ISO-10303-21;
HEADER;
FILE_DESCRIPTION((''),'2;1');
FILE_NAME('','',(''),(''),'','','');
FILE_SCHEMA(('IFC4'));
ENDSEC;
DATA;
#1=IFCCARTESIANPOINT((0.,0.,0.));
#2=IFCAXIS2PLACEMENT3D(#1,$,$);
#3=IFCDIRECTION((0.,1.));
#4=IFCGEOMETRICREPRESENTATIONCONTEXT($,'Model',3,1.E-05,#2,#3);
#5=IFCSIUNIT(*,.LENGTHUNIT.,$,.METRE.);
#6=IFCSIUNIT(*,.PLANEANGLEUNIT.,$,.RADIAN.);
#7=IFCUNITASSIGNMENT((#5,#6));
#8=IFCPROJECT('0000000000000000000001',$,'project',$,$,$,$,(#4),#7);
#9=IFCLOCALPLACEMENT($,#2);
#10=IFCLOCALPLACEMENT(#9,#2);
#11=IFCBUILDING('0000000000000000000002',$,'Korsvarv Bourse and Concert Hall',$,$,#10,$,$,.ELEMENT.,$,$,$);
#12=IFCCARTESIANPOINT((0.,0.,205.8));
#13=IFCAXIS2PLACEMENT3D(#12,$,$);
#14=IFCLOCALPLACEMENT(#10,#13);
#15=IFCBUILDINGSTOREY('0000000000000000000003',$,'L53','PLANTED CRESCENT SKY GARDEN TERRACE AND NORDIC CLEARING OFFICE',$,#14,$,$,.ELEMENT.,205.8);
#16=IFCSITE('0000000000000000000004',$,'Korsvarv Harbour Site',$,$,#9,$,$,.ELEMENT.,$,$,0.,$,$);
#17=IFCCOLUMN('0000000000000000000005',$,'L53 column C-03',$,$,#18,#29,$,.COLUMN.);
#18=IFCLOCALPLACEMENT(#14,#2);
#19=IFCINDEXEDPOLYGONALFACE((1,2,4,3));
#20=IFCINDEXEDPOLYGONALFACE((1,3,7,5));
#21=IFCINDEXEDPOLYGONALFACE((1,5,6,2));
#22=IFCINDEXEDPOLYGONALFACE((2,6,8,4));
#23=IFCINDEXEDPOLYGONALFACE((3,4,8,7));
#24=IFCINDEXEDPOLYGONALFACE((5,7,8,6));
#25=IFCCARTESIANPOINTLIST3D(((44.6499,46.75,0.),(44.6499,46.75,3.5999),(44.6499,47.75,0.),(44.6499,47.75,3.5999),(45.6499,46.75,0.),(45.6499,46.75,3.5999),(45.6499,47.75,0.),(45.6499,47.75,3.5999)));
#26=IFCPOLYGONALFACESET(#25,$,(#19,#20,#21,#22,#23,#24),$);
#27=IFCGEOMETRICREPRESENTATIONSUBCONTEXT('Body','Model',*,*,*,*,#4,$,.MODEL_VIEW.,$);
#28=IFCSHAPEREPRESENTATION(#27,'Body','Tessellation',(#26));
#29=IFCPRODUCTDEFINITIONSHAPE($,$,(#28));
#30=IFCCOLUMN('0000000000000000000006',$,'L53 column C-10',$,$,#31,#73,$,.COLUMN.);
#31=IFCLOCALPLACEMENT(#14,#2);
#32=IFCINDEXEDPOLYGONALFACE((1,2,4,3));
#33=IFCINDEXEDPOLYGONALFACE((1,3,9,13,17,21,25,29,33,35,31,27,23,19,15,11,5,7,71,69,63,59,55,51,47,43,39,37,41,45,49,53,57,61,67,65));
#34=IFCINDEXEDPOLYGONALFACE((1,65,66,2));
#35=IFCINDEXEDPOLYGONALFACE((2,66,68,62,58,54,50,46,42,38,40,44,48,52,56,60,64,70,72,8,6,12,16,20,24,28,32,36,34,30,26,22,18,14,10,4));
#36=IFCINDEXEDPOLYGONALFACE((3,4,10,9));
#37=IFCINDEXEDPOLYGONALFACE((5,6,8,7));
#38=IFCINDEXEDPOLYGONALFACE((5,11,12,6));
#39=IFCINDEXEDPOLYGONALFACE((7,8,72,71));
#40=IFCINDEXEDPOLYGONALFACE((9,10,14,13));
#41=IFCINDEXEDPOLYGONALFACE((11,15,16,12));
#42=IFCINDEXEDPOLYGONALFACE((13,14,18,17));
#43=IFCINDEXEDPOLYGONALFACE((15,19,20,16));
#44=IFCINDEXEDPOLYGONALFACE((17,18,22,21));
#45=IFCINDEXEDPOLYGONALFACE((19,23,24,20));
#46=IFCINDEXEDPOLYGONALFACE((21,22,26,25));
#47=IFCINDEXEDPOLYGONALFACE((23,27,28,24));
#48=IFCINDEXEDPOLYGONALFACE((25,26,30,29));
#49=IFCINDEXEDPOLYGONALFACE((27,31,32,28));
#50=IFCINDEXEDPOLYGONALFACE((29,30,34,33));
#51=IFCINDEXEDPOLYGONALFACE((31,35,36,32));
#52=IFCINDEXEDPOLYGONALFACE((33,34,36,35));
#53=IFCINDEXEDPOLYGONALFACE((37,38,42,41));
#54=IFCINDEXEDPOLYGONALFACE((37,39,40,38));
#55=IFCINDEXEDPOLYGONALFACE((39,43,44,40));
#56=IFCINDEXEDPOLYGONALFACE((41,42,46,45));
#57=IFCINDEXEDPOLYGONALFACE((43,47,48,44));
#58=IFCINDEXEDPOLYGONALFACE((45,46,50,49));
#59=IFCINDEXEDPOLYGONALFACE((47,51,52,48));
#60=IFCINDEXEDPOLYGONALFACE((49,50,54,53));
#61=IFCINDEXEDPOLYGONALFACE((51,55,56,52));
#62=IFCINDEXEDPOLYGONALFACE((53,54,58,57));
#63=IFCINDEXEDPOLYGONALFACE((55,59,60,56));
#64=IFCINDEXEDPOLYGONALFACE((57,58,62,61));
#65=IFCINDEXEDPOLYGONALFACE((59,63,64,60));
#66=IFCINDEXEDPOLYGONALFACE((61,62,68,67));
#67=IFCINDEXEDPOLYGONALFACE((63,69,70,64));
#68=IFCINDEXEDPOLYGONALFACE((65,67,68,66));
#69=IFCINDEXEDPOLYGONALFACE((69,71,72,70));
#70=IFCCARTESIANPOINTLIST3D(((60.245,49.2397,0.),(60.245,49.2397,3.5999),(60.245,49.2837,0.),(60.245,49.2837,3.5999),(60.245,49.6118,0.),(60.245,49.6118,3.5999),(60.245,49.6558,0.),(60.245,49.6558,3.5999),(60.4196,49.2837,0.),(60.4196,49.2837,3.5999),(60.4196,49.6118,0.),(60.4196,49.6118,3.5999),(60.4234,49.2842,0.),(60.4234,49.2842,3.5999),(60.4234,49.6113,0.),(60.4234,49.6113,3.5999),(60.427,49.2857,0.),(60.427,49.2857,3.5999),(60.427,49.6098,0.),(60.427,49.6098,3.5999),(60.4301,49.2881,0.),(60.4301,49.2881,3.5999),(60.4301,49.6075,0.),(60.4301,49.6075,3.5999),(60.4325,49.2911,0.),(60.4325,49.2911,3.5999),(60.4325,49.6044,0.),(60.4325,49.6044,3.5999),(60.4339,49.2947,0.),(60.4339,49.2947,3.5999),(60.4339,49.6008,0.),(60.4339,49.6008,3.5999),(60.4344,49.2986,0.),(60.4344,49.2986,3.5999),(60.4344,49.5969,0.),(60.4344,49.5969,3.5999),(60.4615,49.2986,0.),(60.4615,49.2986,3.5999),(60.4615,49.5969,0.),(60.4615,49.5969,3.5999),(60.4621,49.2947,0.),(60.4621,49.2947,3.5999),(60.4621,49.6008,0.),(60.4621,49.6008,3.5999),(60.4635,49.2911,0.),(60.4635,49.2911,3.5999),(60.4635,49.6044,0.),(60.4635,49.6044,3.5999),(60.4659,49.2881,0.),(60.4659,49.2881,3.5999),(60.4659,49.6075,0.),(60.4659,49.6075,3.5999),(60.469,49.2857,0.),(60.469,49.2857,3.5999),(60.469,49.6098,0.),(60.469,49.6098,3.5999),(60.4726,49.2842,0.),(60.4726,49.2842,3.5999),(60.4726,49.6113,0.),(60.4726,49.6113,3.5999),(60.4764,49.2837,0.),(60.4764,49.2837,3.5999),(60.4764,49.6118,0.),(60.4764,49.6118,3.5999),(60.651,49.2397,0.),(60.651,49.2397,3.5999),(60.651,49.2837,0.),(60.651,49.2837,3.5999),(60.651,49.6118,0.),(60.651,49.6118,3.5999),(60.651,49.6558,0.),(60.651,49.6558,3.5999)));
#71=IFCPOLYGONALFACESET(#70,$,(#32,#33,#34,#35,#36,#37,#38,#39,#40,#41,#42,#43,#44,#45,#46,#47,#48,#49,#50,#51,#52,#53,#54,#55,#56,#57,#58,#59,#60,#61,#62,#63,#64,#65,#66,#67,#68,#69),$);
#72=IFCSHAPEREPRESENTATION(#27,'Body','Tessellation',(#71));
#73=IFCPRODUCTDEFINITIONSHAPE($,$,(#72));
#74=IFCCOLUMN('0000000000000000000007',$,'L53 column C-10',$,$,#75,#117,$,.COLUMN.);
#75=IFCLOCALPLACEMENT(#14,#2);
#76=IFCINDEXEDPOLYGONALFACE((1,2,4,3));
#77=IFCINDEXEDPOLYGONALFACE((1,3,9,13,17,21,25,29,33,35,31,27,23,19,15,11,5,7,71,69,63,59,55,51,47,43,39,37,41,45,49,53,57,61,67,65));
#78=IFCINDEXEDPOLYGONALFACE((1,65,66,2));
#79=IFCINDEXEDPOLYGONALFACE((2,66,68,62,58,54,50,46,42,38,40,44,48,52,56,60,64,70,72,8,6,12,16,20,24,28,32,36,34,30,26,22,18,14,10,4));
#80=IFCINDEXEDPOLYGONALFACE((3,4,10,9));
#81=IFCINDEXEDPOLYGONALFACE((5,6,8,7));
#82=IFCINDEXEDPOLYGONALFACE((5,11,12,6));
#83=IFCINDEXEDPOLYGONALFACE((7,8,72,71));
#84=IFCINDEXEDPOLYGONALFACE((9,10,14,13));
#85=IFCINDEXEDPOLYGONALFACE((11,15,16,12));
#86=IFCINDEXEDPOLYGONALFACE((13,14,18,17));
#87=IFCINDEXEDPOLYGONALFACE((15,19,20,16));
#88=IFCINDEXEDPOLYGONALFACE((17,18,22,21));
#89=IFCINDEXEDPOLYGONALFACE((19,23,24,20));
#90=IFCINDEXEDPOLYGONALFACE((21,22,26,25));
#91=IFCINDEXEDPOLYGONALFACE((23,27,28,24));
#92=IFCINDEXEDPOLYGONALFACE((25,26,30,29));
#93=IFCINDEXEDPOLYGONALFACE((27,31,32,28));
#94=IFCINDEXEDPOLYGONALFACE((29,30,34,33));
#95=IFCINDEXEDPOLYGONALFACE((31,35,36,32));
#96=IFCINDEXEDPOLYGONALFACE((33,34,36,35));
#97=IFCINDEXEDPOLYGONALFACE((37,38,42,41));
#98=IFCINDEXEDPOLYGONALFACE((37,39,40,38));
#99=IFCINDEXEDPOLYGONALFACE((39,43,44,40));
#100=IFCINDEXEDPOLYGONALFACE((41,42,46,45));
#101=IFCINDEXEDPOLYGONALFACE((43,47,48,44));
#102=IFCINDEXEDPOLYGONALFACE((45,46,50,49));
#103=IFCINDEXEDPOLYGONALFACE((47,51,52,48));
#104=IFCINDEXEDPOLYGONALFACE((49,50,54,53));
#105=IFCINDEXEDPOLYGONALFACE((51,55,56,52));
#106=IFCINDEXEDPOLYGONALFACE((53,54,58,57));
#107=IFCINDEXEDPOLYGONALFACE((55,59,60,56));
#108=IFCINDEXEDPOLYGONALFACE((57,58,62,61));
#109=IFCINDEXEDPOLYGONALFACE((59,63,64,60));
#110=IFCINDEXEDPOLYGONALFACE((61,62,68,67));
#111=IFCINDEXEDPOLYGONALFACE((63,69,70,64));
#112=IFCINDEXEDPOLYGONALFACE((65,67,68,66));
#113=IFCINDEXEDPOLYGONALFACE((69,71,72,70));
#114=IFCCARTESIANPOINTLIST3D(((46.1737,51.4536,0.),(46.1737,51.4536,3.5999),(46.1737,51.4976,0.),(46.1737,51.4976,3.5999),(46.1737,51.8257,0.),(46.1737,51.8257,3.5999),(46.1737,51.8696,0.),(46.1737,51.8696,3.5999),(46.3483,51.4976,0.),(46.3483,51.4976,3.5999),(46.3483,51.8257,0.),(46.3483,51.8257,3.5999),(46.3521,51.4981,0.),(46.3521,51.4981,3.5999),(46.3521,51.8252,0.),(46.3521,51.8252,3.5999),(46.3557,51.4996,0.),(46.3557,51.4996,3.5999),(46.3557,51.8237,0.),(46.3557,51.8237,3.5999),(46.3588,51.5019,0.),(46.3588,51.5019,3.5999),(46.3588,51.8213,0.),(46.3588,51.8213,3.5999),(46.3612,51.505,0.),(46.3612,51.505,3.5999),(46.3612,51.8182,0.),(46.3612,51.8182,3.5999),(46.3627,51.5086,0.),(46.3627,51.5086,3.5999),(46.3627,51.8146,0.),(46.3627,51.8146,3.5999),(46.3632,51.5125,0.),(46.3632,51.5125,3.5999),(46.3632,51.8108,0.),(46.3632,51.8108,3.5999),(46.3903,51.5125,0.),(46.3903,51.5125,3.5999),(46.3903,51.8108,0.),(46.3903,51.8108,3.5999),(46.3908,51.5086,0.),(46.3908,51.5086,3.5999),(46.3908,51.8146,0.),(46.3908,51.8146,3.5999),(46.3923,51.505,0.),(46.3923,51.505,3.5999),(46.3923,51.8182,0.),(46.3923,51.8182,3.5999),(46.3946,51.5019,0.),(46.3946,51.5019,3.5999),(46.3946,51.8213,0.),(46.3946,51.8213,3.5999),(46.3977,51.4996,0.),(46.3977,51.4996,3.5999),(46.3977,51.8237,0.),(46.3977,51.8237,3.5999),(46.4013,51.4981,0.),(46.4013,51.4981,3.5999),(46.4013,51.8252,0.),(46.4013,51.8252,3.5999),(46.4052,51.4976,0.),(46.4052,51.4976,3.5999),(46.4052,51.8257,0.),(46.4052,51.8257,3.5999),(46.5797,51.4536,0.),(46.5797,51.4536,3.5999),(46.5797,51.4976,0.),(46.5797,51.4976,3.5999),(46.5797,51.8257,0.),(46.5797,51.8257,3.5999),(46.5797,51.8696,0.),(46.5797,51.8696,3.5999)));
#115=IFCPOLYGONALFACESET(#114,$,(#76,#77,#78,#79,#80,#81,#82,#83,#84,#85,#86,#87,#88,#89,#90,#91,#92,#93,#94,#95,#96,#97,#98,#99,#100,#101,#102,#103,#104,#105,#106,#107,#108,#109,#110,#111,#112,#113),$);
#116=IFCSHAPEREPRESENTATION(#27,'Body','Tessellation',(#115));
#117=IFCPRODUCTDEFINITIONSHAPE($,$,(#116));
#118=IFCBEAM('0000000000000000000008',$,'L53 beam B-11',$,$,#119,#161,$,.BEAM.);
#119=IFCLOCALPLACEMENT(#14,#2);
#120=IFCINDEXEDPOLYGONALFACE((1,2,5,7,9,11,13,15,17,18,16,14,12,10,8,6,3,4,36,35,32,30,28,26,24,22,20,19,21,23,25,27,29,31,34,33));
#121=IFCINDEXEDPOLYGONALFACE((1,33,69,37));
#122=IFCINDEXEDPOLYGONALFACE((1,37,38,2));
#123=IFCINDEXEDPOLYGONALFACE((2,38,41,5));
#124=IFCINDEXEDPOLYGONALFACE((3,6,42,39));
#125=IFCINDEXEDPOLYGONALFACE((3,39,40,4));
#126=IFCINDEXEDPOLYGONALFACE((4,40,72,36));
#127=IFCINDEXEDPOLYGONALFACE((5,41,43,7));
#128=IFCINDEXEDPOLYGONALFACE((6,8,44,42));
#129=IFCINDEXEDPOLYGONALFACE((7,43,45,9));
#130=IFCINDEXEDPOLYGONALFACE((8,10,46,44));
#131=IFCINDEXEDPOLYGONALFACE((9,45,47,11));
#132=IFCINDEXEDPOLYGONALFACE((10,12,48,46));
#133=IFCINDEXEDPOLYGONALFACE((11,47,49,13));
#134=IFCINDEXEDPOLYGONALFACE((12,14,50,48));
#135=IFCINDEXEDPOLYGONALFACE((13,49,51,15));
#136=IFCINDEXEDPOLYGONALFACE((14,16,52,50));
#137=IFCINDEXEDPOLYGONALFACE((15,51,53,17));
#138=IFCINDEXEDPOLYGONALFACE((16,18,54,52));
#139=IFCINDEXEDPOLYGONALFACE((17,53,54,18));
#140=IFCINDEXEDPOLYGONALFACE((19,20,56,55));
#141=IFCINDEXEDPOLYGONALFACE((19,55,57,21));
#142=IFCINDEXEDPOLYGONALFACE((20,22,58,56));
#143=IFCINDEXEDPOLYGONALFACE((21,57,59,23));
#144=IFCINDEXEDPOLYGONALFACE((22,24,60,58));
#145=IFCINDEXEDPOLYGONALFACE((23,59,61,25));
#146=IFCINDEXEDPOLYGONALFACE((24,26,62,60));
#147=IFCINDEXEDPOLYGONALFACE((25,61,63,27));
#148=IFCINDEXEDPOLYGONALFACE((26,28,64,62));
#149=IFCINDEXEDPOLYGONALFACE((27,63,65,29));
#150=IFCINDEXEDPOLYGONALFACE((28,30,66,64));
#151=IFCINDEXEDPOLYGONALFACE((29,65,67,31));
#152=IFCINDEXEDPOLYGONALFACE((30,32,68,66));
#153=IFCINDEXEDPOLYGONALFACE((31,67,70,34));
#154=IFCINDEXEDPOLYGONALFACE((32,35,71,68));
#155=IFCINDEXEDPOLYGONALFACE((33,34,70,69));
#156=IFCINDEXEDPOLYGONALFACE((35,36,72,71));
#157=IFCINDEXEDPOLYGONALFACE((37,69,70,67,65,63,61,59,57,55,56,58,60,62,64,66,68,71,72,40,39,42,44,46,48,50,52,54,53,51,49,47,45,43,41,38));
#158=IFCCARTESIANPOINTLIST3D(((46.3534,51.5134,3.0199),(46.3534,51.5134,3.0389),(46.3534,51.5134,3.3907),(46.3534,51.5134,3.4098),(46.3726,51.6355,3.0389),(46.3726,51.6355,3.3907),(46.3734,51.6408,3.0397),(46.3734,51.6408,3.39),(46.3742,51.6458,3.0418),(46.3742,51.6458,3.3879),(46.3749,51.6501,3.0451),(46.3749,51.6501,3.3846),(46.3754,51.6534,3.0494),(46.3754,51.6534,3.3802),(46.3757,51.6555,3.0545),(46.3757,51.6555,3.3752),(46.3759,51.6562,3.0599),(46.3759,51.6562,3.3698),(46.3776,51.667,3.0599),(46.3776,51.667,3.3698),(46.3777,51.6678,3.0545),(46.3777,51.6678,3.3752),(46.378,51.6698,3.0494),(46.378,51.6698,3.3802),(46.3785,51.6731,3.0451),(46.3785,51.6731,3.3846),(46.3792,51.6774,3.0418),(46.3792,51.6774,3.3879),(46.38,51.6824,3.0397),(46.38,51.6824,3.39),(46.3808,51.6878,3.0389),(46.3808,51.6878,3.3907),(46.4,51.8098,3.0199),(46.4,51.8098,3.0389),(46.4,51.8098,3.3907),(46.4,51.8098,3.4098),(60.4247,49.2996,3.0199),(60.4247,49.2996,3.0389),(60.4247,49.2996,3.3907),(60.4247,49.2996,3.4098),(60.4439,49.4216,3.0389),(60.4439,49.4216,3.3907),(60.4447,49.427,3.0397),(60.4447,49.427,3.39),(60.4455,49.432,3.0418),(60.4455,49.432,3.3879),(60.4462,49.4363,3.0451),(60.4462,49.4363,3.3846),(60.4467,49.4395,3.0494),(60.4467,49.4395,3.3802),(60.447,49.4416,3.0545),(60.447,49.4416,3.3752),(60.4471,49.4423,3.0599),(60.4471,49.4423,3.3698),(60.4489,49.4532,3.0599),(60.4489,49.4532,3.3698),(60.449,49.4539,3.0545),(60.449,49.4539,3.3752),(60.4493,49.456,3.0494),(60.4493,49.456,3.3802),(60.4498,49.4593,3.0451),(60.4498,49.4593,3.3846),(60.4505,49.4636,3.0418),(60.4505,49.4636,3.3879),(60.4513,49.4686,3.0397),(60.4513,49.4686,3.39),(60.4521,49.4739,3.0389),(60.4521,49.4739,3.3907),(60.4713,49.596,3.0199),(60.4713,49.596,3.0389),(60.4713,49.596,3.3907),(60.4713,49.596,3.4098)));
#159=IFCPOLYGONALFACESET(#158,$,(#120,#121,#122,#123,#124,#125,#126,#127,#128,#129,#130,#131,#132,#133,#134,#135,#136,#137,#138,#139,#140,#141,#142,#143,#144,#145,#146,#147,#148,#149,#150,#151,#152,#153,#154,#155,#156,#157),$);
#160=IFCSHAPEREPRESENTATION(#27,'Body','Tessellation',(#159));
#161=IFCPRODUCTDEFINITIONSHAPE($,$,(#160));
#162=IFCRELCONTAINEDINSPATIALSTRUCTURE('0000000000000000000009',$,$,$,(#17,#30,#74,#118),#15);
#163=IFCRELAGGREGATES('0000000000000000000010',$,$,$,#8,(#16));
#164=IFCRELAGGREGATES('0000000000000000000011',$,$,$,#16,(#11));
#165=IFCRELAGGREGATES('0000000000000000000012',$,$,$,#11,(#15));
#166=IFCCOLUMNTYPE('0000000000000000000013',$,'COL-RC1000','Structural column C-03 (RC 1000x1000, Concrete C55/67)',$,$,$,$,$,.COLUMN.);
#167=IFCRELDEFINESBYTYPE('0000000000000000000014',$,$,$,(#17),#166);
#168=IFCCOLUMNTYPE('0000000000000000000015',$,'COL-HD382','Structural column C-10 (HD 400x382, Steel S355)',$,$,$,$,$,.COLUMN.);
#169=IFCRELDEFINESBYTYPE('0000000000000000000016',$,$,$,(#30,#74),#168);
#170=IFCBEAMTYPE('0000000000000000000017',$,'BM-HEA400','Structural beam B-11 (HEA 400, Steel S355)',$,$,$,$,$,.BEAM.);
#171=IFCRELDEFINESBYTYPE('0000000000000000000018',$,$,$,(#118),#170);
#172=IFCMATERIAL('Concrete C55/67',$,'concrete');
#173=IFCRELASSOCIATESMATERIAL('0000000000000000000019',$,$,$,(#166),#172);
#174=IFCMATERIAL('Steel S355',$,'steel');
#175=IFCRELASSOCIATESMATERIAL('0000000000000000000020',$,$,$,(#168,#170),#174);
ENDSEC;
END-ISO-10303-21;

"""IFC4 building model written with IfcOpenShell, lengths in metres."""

from ifc_helpers import new_model, si_unit, direction, frame, origin, origin_2d, place, context, subcontext, project, spatial, rectangle, i_section, extrude, source, transform, mapped, material, material_profile, profile_set, type_object, element, save


model = new_model("IFC4")

# Units and contexts
model_context = context("Model", 3, precision=1e-05, world=origin(), true_north=direction((0.0, 1.0)))
body_context = subcontext(model_context, "Body", "Model", "MODEL_VIEW")
ifc_project = project(units=[si_unit("LENGTHUNIT", "METRE"), si_unit("PLANEANGLEUNIT", "RADIAN")], contexts=[model_context])

# Site, building, storey
site_placement = place(None, origin())
site = spatial("IfcSite", under=ifc_project, at=site_placement, Name="Korsvarv Harbour Site", CompositionType="ELEMENT", RefElevation=0.0)
building_placement = place(site_placement, origin())
building = spatial("IfcBuilding", under=site, at=building_placement, Name="Korsvarv Bourse and Concert Hall", CompositionType="ELEMENT")
storey_placement = place(building_placement, frame((0.0, 0.0, 205.8)))
storey = spatial("IfcBuildingStorey", under=building, at=storey_placement, Name="L53", Description="PLANTED CRESCENT SKY GARDEN TERRACE AND NORDIC CLEARING OFFICE", CompositionType="ELEMENT", Elevation=205.8)

# Columns
ifc_material_1 = material(Name="Concrete C55/67", Category="concrete")
ifc_material_profile_1 = material_profile(ifc_material_1, rectangle(XDim=1.0, YDim=1.0, at=origin_2d()), Name="RC 1000x1000")
ifc_profile_set_1 = profile_set([ifc_material_profile_1], Name="Concrete C55/67")
column_type_1 = type_object("IfcColumnType", Name="COL-RC1000", Description="Structural column C-03 (RC 1000x1000, Concrete C55/67)", PredefinedType="COLUMN", material=ifc_profile_set_1)
shared_shape_1 = source(origin(), body_context, "Body", "SweptSolid", [
    extrude(rectangle(XDim=1.0, YDim=1.0, at=origin_2d()), origin(), (0.0, 0.0, 1.0), 3.5999),
])
column_placement = place(storey_placement, frame((45.1499, 47.25, 0.0), z_axis=(0.0, 0.0, 1.0), x_axis=(1.0, 0.0, 0.0)))
element("IfcColumn", 1, at=column_placement, inside=storey, type_object=column_type_1, Name="L53 column C-03", PredefinedType="COLUMN", context=body_context, shape_type="MappedRepresentation", body=[
    mapped(shared_shape_1, transform((0.0, 0.0, 0.0), scale=1.0)),
])
ifc_material_2 = material(Name="Steel S355", Category="steel")
ifc_material_profile_2 = material_profile(ifc_material_2, i_section(OverallWidth=0.406, OverallDepth=0.416, WebThickness=0.0271, FlangeThickness=0.0439, FilletRadius=0.0149, at=origin_2d()), Name="HD 400x382")
ifc_profile_set_2 = profile_set([ifc_material_profile_2], Name="Steel S355")
column_type_2 = type_object("IfcColumnType", Name="COL-HD382", Description="Structural column C-10 (HD 400x382, Steel S355)", PredefinedType="COLUMN", material=ifc_profile_set_2)
shared_shape_2 = source(origin(), body_context, "Body", "SweptSolid", [
    extrude(i_section(OverallWidth=0.406, OverallDepth=0.416, WebThickness=0.0271, FlangeThickness=0.0439, FilletRadius=0.0149, at=origin_2d()), origin(), (0.0, 0.0, 1.0), 3.5999),
])
for number, where, z_axis, x_axis, name in (
    (2, (60.448, 49.4478, 0.0), (0.0, 0.0, 1.0), (1.0, 0.0, 0.0), "L53 column C-10"),
    (3, (46.3767, 51.6616, 0.0), (0.0, 0.0, 1.0), (1.0, 0.0, 0.0), "L53 column C-10"),
):
    element("IfcColumn", number, at=place(storey_placement, frame(where, z_axis=z_axis, x_axis=x_axis)), inside=storey, type_object=column_type_2, Name=name, PredefinedType="COLUMN", context=body_context, shape_type="MappedRepresentation", body=[
        mapped(shared_shape_2, transform((0.0, 0.0, 0.0), scale=1.0)),
    ])

# Beam
ifc_material_profile_3 = material_profile(ifc_material_2, i_section(OverallWidth=0.3, OverallDepth=0.3899, WebThickness=0.011, FlangeThickness=0.019, FilletRadius=0.021, at=origin_2d()), Name="HEA 400")
ifc_profile_set_3 = profile_set([ifc_material_profile_3], Name="Steel S355")
beam_type_1 = type_object("IfcBeamType", Name="BM-HEA400", Description="Structural beam B-11 (HEA 400, Steel S355)", PredefinedType="BEAM", material=ifc_profile_set_3)
shared_shape_3 = source(origin(), body_context, "Body", "SweptSolid", [
    extrude(i_section(OverallWidth=0.3, OverallDepth=0.3899, WebThickness=0.011, FlangeThickness=0.019, FilletRadius=0.021, at=origin_2d()), origin(), (0.0, 0.0, 1.0), 14.2444),
])
beam_1_placement = place(storey_placement, frame((60.448, 49.4478, 3.2148), z_axis=(-0.987848, 0.15542, 0.0), x_axis=(-0.15542, -0.987848, 0.0)))
element("IfcBeam", 4, at=beam_1_placement, inside=storey, type_object=beam_type_1, Name="L53 beam B-11", PredefinedType="BEAM", context=body_context, shape_type="MappedRepresentation", body=[
    mapped(shared_shape_3, transform((0.0, 0.0, 0.0), scale=1.0)),
])

save(model, "model.ifc")
